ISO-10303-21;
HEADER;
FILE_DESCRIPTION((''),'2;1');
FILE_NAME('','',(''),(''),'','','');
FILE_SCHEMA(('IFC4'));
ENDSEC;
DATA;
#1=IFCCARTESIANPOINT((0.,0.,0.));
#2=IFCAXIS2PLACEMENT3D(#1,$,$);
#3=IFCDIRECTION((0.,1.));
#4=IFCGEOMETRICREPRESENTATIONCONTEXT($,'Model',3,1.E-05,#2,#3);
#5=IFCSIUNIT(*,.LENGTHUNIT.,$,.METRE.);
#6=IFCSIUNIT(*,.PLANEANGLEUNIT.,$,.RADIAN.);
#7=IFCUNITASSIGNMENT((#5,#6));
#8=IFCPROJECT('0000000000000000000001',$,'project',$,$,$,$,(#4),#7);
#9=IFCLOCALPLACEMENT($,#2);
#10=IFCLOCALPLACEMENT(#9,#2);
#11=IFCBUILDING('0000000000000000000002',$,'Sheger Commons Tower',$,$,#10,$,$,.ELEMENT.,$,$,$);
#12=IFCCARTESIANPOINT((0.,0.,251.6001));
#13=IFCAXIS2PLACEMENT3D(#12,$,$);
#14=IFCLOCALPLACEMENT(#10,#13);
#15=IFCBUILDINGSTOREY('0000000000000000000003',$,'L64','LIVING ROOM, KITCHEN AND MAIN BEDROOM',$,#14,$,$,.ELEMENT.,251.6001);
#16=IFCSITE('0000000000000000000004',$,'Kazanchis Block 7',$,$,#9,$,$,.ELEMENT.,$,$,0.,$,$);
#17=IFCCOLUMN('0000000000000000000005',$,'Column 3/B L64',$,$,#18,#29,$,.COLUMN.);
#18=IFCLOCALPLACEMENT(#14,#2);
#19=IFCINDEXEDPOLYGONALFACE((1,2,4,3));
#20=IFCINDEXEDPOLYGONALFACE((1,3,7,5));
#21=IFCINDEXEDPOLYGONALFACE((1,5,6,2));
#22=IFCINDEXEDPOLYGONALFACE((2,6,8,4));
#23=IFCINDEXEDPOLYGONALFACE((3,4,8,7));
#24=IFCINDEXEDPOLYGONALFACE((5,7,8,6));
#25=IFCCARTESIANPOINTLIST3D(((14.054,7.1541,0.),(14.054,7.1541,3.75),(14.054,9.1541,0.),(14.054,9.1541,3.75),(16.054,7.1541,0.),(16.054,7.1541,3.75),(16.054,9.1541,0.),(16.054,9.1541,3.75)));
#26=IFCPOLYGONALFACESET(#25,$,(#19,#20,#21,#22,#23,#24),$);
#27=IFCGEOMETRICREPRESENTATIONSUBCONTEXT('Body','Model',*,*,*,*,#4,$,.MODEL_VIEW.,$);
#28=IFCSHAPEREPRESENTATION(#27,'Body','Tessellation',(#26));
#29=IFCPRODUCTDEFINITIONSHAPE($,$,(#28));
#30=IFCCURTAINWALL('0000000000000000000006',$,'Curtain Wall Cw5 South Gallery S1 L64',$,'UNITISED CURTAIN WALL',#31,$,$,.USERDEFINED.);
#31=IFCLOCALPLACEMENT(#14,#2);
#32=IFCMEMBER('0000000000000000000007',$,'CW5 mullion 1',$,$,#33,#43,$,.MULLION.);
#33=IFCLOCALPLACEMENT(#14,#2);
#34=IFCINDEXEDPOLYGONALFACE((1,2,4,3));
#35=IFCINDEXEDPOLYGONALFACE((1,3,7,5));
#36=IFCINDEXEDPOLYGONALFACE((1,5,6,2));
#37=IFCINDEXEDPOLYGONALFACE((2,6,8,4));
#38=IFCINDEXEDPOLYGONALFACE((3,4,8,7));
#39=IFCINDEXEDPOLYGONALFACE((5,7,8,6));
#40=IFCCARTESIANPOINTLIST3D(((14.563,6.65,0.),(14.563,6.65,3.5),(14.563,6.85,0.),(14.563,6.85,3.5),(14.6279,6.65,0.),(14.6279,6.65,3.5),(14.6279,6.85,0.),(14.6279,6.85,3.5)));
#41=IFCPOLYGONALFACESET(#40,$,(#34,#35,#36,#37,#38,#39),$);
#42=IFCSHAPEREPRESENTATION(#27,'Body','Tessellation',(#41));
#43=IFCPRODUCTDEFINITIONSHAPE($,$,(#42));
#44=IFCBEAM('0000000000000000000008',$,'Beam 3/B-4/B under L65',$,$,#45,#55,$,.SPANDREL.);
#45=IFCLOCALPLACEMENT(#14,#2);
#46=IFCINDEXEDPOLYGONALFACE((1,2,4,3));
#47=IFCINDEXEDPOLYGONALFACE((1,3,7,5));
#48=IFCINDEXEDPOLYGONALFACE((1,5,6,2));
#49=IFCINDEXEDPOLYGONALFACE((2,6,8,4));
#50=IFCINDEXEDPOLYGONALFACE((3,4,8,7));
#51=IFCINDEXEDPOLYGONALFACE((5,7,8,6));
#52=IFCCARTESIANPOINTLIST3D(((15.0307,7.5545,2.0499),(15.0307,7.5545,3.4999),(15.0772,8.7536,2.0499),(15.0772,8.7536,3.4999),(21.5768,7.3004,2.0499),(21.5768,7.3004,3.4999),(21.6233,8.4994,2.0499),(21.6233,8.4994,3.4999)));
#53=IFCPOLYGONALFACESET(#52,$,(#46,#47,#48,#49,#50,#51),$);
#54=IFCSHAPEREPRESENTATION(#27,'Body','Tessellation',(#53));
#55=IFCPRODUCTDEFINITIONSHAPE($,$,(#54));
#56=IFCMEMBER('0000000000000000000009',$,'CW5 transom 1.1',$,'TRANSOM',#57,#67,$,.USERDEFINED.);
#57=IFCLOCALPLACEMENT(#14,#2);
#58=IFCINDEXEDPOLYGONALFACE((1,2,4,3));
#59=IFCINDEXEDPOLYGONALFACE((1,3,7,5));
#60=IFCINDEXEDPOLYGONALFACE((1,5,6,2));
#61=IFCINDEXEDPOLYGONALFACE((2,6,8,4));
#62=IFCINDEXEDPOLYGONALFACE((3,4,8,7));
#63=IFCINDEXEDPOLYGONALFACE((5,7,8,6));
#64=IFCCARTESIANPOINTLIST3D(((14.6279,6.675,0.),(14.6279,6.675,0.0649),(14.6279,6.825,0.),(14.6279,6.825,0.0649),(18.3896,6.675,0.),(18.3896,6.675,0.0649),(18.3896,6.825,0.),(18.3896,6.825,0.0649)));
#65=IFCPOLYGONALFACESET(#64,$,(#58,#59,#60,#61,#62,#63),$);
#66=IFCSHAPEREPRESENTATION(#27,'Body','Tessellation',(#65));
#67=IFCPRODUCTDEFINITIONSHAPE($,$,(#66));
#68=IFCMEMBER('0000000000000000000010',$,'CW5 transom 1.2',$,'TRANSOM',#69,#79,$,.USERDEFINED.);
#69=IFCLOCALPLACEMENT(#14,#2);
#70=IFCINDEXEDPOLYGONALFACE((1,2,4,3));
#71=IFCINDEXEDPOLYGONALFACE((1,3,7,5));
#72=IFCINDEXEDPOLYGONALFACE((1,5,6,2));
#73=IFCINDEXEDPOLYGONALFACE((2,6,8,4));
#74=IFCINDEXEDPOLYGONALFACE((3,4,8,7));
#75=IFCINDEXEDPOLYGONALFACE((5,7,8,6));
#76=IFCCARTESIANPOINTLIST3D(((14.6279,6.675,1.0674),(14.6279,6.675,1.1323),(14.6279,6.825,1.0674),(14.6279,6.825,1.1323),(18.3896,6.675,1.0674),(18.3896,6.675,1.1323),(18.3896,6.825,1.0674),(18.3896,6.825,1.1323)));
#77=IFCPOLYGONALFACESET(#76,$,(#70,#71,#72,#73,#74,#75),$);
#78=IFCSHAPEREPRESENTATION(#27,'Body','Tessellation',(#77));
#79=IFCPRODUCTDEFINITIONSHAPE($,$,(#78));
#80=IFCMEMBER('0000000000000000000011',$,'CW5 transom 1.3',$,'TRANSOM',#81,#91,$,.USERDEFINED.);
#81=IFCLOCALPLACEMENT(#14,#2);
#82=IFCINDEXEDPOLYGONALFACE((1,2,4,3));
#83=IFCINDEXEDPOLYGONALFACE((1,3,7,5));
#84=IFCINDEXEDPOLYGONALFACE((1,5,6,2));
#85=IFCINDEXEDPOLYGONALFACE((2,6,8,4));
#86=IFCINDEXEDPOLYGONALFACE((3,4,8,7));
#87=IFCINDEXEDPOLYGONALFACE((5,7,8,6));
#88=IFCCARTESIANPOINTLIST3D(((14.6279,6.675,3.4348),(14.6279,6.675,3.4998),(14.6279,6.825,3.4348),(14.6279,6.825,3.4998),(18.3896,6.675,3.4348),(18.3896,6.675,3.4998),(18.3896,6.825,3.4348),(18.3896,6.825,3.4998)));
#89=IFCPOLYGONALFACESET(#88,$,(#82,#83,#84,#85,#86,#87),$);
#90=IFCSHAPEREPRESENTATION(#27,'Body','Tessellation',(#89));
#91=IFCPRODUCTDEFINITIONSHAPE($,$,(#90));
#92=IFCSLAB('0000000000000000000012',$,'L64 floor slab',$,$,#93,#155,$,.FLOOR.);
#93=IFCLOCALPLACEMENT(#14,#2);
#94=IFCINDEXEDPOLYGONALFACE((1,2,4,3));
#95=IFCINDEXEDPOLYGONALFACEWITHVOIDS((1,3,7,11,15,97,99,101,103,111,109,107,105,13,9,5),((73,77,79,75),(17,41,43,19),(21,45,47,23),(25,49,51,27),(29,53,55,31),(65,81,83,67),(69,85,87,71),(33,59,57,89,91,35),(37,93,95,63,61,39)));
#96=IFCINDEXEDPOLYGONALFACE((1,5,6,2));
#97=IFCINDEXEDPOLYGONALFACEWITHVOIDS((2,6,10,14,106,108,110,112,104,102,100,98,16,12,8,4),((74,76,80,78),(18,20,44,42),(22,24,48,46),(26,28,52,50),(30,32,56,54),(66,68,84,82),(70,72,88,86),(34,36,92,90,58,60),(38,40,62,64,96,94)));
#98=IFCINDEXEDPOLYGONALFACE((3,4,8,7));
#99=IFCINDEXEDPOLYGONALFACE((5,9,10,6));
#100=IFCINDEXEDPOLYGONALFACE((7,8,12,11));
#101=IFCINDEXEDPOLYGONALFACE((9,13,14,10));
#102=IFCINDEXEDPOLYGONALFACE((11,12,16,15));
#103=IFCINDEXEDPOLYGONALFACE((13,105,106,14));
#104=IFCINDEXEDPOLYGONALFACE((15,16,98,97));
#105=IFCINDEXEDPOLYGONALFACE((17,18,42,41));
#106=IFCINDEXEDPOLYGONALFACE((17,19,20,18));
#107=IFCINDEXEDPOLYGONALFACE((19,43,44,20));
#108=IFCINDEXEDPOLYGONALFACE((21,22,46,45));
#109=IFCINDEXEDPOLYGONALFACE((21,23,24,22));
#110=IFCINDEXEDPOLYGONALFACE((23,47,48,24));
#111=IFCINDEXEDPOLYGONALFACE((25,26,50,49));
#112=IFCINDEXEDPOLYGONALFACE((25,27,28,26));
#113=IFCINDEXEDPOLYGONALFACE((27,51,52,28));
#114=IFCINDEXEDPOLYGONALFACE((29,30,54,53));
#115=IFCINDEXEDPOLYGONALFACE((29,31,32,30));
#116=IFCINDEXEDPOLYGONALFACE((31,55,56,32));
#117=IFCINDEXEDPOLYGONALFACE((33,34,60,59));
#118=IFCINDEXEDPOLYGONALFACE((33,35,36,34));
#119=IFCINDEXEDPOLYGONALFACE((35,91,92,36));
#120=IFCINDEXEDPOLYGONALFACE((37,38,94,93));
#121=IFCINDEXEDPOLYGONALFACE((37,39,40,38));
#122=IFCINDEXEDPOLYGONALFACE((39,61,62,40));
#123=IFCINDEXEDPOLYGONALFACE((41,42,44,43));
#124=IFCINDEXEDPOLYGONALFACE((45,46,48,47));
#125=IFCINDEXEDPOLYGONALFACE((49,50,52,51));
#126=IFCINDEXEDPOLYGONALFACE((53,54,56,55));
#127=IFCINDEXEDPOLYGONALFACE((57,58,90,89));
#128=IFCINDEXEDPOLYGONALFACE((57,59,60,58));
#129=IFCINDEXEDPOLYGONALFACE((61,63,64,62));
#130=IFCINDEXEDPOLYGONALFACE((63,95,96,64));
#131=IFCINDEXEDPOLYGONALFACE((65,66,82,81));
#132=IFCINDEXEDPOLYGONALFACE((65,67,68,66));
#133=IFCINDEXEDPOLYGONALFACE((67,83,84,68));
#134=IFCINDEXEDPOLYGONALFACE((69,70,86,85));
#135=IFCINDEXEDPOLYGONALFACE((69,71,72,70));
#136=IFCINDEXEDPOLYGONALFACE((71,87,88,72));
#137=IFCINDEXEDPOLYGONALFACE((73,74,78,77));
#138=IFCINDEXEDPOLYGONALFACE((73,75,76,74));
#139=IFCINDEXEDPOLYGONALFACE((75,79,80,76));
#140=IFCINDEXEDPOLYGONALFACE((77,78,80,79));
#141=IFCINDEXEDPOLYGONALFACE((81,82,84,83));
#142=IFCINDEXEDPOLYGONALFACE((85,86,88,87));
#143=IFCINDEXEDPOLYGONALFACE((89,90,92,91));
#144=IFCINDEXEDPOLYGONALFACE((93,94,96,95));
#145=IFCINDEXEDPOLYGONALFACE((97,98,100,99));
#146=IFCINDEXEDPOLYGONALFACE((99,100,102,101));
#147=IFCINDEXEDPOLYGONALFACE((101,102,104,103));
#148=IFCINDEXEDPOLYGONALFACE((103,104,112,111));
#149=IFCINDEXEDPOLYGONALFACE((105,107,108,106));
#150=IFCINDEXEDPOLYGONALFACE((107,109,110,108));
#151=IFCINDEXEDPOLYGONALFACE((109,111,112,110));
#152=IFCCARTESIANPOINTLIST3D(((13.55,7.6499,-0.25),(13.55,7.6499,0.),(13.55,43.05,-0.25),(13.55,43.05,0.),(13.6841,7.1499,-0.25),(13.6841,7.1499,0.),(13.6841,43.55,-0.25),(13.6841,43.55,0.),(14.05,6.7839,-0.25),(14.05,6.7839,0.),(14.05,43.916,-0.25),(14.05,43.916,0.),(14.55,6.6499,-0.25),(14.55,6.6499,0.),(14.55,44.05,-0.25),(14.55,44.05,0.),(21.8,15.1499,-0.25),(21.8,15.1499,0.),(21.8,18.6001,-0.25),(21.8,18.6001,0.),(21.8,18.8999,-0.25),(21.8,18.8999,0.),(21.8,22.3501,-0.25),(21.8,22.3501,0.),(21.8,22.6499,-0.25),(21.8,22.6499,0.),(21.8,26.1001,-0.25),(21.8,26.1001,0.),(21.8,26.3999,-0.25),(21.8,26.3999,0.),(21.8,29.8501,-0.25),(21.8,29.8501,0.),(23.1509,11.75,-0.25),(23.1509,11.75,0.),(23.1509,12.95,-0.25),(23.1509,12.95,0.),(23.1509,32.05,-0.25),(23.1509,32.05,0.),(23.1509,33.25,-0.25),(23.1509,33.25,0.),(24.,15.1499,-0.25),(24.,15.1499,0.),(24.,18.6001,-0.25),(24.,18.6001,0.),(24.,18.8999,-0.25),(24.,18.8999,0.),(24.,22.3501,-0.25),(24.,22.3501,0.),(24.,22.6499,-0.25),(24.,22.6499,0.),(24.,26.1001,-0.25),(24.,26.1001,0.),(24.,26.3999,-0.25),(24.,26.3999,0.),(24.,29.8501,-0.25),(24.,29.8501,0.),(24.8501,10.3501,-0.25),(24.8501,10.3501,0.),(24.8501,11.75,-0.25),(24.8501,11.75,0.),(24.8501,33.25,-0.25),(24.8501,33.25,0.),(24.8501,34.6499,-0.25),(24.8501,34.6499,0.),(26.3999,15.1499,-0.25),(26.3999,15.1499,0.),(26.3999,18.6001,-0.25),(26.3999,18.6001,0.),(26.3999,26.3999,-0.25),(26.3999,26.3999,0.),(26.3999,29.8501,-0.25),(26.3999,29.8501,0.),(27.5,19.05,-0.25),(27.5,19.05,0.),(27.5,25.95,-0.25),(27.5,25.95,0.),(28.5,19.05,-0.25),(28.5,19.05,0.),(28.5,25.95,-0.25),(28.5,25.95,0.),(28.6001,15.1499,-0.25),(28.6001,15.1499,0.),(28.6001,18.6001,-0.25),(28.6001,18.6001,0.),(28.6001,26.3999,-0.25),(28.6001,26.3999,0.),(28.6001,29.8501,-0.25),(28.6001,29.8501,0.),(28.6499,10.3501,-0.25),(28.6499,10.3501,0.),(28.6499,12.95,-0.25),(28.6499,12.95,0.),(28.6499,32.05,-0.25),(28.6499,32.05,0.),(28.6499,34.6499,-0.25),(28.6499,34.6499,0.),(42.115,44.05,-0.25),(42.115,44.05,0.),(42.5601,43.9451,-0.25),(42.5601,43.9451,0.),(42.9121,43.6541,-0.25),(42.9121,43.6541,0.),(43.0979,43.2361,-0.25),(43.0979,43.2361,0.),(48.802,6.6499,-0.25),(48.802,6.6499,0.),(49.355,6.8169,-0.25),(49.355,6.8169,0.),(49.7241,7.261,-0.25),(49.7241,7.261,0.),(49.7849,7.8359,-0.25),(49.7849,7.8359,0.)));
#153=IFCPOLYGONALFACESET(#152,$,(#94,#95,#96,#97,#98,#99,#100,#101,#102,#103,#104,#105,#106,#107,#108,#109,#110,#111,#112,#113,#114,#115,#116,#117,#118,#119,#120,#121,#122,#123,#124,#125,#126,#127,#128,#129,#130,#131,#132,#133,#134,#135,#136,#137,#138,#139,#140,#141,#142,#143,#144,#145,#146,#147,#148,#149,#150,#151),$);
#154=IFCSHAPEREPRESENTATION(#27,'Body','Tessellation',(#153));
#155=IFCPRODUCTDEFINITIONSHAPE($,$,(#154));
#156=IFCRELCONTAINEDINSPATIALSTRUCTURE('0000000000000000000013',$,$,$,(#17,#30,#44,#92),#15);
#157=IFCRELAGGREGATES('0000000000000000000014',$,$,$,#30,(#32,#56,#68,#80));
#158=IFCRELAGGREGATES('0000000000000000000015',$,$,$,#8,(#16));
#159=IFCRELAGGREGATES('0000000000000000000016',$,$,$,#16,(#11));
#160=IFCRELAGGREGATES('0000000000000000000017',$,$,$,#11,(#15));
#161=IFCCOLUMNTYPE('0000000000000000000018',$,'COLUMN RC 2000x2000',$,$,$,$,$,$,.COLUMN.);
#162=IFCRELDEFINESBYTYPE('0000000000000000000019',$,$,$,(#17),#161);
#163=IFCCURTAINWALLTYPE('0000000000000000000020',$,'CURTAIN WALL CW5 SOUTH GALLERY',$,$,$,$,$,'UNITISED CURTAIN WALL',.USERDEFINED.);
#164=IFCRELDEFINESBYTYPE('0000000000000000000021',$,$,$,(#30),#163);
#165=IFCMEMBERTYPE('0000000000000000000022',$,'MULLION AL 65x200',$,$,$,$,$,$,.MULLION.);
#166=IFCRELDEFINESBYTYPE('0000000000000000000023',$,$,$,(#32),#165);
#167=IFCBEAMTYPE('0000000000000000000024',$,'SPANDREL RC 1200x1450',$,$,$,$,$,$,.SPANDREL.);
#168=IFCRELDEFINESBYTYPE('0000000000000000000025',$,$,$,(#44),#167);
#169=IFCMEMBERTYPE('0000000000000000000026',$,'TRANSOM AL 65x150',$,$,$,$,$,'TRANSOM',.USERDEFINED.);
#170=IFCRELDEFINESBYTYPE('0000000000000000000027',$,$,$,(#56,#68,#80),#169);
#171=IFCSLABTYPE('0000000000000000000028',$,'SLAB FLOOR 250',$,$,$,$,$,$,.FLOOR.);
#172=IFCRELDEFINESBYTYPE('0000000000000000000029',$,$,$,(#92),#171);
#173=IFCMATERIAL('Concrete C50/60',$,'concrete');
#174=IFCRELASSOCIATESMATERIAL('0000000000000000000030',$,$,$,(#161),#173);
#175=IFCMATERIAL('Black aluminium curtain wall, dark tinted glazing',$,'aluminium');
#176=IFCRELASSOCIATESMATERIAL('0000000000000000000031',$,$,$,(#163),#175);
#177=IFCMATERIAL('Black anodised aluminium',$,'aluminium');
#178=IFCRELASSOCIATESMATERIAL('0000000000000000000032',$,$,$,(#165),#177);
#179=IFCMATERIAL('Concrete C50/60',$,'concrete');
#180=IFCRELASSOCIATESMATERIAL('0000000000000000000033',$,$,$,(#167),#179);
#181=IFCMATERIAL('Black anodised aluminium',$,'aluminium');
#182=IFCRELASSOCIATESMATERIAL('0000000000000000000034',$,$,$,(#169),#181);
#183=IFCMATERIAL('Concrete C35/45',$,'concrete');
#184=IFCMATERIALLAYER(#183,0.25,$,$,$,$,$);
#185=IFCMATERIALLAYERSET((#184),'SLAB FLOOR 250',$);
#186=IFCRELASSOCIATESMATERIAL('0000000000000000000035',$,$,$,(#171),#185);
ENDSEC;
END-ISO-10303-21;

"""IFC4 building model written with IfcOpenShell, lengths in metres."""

from ifc_helpers import new_model, si_unit, direction, frame, origin, origin_2d, place, context, subcontext, project, spatial, polyline, rectangle, outline, extrude, material, layer, layer_set, material_profile, profile_set, type_object, element, aggregate, save


model = new_model("IFC4")

# Units and contexts
model_context = context("Model", 3, precision=1e-05, world=origin(), true_north=direction((0.0, 1.0)))
body_context = subcontext(model_context, "Body", "Model", "MODEL_VIEW")
ifc_project = project(units=[si_unit("LENGTHUNIT", "METRE"), si_unit("PLANEANGLEUNIT", "RADIAN")], contexts=[model_context])

# Site, building, storey
site_placement = place(None, origin())
site = spatial("IfcSite", under=ifc_project, at=site_placement, Name="Kazanchis Block 7", CompositionType="ELEMENT", RefElevation=0.0)
building_placement = place(site_placement, origin())
building = spatial("IfcBuilding", under=site, at=building_placement, Name="Sheger Commons Tower", CompositionType="ELEMENT")
storey_placement = place(building_placement, frame((0.0, 0.0, 251.6001)))
storey = spatial("IfcBuildingStorey", under=building, at=storey_placement, Name="L64", Description="LIVING ROOM, KITCHEN AND MAIN BEDROOM", CompositionType="ELEMENT", Elevation=251.6001)

# Column
ifc_material_1 = material(Name="Concrete C50/60", Category="concrete")
ifc_material_profile_1 = material_profile(ifc_material_1, rectangle(XDim=2.0, YDim=2.0, at=origin_2d()), Name="RC 2000x2000")
ifc_profile_set_1 = profile_set([ifc_material_profile_1], Name="Concrete C50/60")
column_type = type_object("IfcColumnType", Name="COLUMN RC 2000x2000", PredefinedType="COLUMN", material=ifc_profile_set_1)
column_placement = place(storey_placement, frame((15.054, 8.1541, 0.0), z_axis=(0.0, 0.0, 1.0), x_axis=(1.0, 0.0, 0.0)))
element("IfcColumn", 1, at=column_placement, inside=storey, type_object=column_type, Name="Column 3/B L64", PredefinedType="COLUMN", context=body_context, shape_type="SweptSolid", body=[
    extrude(rectangle(XDim=2.0, YDim=2.0, at=origin_2d()), origin(), (0.0, 0.0, 1.0), 3.75),
])

# Curtain wall, member
ifc_material_2 = material(Name="Black aluminium curtain wall, dark tinted glazing", Category="aluminium")
curtain_wall_type = type_object("IfcCurtainWallType", Name="CURTAIN WALL CW5 SOUTH GALLERY", ElementType="UNITISED CURTAIN WALL", PredefinedType="USERDEFINED", material=ifc_material_2)
curtain_wall_placement = place(storey_placement, origin())
curtain_wall = element("IfcCurtainWall", 2, at=curtain_wall_placement, inside=storey, type_object=curtain_wall_type, Name="Curtain Wall Cw5 South Gallery S1 L64", ObjectType="UNITISED CURTAIN WALL", PredefinedType="USERDEFINED")
ifc_material_3 = material(Name="Black anodised aluminium", Category="aluminium")
ifc_material_profile_2 = material_profile(ifc_material_3, rectangle(XDim=0.2, YDim=0.0649, at=origin_2d()), Name="AL 65x200")
ifc_profile_set_2 = profile_set([ifc_material_profile_2], Name="Black anodised aluminium")
member_type_1 = type_object("IfcMemberType", Name="MULLION AL 65x200", PredefinedType="MULLION", material=ifc_profile_set_2)
member_1_placement = place(storey_placement, frame((14.5955, 6.75, 0.0), z_axis=(0.0, 0.0, 1.0), x_axis=(0.0, 1.0, 0.0)))
member_1 = element("IfcMember", 3, at=member_1_placement, type_object=member_type_1, Name="CW5 mullion 1", PredefinedType="MULLION", context=body_context, shape_type="SweptSolid", body=[
    extrude(rectangle(XDim=0.2, YDim=0.0649, at=origin_2d()), origin(), (0.0, 0.0, 1.0), 3.5),
])

# Beam
ifc_material_4 = material(Name="Concrete C50/60", Category="concrete")
ifc_material_profile_3 = material_profile(ifc_material_4, rectangle(XDim=1.2, YDim=1.45, at=origin_2d()), Name="RC 1200x1450")
ifc_profile_set_3 = profile_set([ifc_material_profile_3], Name="Concrete C50/60")
beam_type = type_object("IfcBeamType", Name="SPANDREL RC 1200x1450", PredefinedType="SPANDREL", material=ifc_profile_set_3)
beam_placement = place(storey_placement, frame((15.054, 8.1541, 2.7749), z_axis=(0.999247, -0.038795, 0.0), x_axis=(0.038795, 0.999247, 0.0)))
element("IfcBeam", 4, at=beam_placement, inside=storey, type_object=beam_type, Name="Beam 3/B-4/B under L65", PredefinedType="SPANDREL", context=body_context, shape_type="SweptSolid", body=[
    extrude(rectangle(XDim=1.2, YDim=1.45, at=origin_2d()), origin(), (0.0, 0.0, 1.0), 6.551),
])

# Members
ifc_material_5 = material(Name="Black anodised aluminium", Category="aluminium")
ifc_material_profile_4 = material_profile(ifc_material_5, rectangle(XDim=0.1499, YDim=0.0649, at=origin_2d()), Name="AL 65x150")
ifc_profile_set_4 = profile_set([ifc_material_profile_4], Name="Black anodised aluminium")
member_type_2 = type_object("IfcMemberType", Name="TRANSOM AL 65x150", ElementType="TRANSOM", PredefinedType="USERDEFINED", material=ifc_profile_set_4)
member_2_placement = place(storey_placement, frame((14.6279, 6.75, 0.0325), z_axis=(1.0, 0.0, 0.0), x_axis=(0.0, 1.0, 0.0)))
member_2 = element("IfcMember", 5, at=member_2_placement, type_object=member_type_2, Name="CW5 transom 1.1", ObjectType="TRANSOM", PredefinedType="USERDEFINED", context=body_context, shape_type="SweptSolid", body=[
    extrude(rectangle(XDim=0.1499, YDim=0.0649, at=origin_2d()), origin(), (0.0, 0.0, 1.0), 3.7617),
])
member_3_placement = place(storey_placement, frame((14.6279, 6.75, 1.0999), z_axis=(1.0, 0.0, 0.0), x_axis=(0.0, 1.0, 0.0)))
member_3 = element("IfcMember", 6, at=member_3_placement, type_object=member_type_2, Name="CW5 transom 1.2", ObjectType="TRANSOM", PredefinedType="USERDEFINED", context=body_context, shape_type="SweptSolid", body=[
    extrude(rectangle(XDim=0.1499, YDim=0.0649, at=origin_2d()), origin(), (0.0, 0.0, 1.0), 3.7617),
])
member_4_placement = place(storey_placement, frame((14.6279, 6.75, 3.4673), z_axis=(1.0, 0.0, 0.0), x_axis=(0.0, 1.0, 0.0)))
member_4 = element("IfcMember", 7, at=member_4_placement, type_object=member_type_2, Name="CW5 transom 1.3", ObjectType="TRANSOM", PredefinedType="USERDEFINED", context=body_context, shape_type="SweptSolid", body=[
    extrude(rectangle(XDim=0.1499, YDim=0.0649, at=origin_2d()), origin(), (0.0, 0.0, 1.0), 3.7617),
])
aggregate(curtain_wall, [member_1, member_2, member_3, member_4])

# Slab
ifc_material_6 = material(Name="Concrete C35/45", Category="concrete")
ifc_layer_1 = layer(ifc_material_6, 0.25)
ifc_layer_set_1 = layer_set([ifc_layer_1], Name="SLAB FLOOR 250")
slab_type_1 = type_object("IfcSlabType", Name="SLAB FLOOR 250", PredefinedType="FLOOR", material=ifc_layer_set_1)
slab_1_placement = place(storey_placement, frame((0.0, 0.0, -0.25)))
element("IfcSlab", 8, at=slab_1_placement, inside=storey, type_object=slab_type_1, Name="L64 floor slab", PredefinedType="FLOOR", context=body_context, shape_type="SweptSolid", body=[
    extrude(outline(polyline([(13.55, 7.6499), (13.6841, 7.1499), (14.05, 6.7839), (14.55, 6.6499), (48.802, 6.6499), (49.355, 6.8169), (49.7241, 7.261), (49.7849, 7.8359), (43.0979, 43.2361), (42.9121, 43.6541), (42.5601, 43.9451), (42.115, 44.05), (14.55, 44.05), (14.05, 43.916), (13.6841, 43.55), (13.55, 43.05), (13.55, 7.6499)]), holes=[polyline([(24.8501, 10.3501), (28.6499, 10.3501), (28.6499, 12.95), (23.1509, 12.95), (23.1509, 11.75), (24.8501, 11.75), (24.8501, 10.3501)]), polyline([(23.1509, 32.05), (28.6499, 32.05), (28.6499, 34.6499), (24.8501, 34.6499), (24.8501, 33.25), (23.1509, 33.25), (23.1509, 32.05)]), polyline([(26.3999, 15.1499), (28.6001, 15.1499), (28.6001, 18.6001), (26.3999, 18.6001), (26.3999, 15.1499)]), polyline([(26.3999, 26.3999), (28.6001, 26.3999), (28.6001, 29.8501), (26.3999, 29.8501), (26.3999, 26.3999)]), polyline([(21.8, 15.1499), (24.0, 15.1499), (24.0, 18.6001), (21.8, 18.6001), (21.8, 15.1499)]), polyline([(21.8, 18.8999), (24.0, 18.8999), (24.0, 22.3501), (21.8, 22.3501), (21.8, 18.8999)]), polyline([(21.8, 22.6499), (24.0, 22.6499), (24.0, 26.1001), (21.8, 26.1001), (21.8, 22.6499)]), polyline([(21.8, 26.3999), (24.0, 26.3999), (24.0, 29.8501), (21.8, 29.8501), (21.8, 26.3999)]), polyline([(27.5, 19.05), (28.5, 19.05), (28.5, 25.95), (27.5, 25.95), (27.5, 19.05)])]), origin(), (0.0, 0.0, 1.0), 0.25),
])

save(model, "model.ifc")
